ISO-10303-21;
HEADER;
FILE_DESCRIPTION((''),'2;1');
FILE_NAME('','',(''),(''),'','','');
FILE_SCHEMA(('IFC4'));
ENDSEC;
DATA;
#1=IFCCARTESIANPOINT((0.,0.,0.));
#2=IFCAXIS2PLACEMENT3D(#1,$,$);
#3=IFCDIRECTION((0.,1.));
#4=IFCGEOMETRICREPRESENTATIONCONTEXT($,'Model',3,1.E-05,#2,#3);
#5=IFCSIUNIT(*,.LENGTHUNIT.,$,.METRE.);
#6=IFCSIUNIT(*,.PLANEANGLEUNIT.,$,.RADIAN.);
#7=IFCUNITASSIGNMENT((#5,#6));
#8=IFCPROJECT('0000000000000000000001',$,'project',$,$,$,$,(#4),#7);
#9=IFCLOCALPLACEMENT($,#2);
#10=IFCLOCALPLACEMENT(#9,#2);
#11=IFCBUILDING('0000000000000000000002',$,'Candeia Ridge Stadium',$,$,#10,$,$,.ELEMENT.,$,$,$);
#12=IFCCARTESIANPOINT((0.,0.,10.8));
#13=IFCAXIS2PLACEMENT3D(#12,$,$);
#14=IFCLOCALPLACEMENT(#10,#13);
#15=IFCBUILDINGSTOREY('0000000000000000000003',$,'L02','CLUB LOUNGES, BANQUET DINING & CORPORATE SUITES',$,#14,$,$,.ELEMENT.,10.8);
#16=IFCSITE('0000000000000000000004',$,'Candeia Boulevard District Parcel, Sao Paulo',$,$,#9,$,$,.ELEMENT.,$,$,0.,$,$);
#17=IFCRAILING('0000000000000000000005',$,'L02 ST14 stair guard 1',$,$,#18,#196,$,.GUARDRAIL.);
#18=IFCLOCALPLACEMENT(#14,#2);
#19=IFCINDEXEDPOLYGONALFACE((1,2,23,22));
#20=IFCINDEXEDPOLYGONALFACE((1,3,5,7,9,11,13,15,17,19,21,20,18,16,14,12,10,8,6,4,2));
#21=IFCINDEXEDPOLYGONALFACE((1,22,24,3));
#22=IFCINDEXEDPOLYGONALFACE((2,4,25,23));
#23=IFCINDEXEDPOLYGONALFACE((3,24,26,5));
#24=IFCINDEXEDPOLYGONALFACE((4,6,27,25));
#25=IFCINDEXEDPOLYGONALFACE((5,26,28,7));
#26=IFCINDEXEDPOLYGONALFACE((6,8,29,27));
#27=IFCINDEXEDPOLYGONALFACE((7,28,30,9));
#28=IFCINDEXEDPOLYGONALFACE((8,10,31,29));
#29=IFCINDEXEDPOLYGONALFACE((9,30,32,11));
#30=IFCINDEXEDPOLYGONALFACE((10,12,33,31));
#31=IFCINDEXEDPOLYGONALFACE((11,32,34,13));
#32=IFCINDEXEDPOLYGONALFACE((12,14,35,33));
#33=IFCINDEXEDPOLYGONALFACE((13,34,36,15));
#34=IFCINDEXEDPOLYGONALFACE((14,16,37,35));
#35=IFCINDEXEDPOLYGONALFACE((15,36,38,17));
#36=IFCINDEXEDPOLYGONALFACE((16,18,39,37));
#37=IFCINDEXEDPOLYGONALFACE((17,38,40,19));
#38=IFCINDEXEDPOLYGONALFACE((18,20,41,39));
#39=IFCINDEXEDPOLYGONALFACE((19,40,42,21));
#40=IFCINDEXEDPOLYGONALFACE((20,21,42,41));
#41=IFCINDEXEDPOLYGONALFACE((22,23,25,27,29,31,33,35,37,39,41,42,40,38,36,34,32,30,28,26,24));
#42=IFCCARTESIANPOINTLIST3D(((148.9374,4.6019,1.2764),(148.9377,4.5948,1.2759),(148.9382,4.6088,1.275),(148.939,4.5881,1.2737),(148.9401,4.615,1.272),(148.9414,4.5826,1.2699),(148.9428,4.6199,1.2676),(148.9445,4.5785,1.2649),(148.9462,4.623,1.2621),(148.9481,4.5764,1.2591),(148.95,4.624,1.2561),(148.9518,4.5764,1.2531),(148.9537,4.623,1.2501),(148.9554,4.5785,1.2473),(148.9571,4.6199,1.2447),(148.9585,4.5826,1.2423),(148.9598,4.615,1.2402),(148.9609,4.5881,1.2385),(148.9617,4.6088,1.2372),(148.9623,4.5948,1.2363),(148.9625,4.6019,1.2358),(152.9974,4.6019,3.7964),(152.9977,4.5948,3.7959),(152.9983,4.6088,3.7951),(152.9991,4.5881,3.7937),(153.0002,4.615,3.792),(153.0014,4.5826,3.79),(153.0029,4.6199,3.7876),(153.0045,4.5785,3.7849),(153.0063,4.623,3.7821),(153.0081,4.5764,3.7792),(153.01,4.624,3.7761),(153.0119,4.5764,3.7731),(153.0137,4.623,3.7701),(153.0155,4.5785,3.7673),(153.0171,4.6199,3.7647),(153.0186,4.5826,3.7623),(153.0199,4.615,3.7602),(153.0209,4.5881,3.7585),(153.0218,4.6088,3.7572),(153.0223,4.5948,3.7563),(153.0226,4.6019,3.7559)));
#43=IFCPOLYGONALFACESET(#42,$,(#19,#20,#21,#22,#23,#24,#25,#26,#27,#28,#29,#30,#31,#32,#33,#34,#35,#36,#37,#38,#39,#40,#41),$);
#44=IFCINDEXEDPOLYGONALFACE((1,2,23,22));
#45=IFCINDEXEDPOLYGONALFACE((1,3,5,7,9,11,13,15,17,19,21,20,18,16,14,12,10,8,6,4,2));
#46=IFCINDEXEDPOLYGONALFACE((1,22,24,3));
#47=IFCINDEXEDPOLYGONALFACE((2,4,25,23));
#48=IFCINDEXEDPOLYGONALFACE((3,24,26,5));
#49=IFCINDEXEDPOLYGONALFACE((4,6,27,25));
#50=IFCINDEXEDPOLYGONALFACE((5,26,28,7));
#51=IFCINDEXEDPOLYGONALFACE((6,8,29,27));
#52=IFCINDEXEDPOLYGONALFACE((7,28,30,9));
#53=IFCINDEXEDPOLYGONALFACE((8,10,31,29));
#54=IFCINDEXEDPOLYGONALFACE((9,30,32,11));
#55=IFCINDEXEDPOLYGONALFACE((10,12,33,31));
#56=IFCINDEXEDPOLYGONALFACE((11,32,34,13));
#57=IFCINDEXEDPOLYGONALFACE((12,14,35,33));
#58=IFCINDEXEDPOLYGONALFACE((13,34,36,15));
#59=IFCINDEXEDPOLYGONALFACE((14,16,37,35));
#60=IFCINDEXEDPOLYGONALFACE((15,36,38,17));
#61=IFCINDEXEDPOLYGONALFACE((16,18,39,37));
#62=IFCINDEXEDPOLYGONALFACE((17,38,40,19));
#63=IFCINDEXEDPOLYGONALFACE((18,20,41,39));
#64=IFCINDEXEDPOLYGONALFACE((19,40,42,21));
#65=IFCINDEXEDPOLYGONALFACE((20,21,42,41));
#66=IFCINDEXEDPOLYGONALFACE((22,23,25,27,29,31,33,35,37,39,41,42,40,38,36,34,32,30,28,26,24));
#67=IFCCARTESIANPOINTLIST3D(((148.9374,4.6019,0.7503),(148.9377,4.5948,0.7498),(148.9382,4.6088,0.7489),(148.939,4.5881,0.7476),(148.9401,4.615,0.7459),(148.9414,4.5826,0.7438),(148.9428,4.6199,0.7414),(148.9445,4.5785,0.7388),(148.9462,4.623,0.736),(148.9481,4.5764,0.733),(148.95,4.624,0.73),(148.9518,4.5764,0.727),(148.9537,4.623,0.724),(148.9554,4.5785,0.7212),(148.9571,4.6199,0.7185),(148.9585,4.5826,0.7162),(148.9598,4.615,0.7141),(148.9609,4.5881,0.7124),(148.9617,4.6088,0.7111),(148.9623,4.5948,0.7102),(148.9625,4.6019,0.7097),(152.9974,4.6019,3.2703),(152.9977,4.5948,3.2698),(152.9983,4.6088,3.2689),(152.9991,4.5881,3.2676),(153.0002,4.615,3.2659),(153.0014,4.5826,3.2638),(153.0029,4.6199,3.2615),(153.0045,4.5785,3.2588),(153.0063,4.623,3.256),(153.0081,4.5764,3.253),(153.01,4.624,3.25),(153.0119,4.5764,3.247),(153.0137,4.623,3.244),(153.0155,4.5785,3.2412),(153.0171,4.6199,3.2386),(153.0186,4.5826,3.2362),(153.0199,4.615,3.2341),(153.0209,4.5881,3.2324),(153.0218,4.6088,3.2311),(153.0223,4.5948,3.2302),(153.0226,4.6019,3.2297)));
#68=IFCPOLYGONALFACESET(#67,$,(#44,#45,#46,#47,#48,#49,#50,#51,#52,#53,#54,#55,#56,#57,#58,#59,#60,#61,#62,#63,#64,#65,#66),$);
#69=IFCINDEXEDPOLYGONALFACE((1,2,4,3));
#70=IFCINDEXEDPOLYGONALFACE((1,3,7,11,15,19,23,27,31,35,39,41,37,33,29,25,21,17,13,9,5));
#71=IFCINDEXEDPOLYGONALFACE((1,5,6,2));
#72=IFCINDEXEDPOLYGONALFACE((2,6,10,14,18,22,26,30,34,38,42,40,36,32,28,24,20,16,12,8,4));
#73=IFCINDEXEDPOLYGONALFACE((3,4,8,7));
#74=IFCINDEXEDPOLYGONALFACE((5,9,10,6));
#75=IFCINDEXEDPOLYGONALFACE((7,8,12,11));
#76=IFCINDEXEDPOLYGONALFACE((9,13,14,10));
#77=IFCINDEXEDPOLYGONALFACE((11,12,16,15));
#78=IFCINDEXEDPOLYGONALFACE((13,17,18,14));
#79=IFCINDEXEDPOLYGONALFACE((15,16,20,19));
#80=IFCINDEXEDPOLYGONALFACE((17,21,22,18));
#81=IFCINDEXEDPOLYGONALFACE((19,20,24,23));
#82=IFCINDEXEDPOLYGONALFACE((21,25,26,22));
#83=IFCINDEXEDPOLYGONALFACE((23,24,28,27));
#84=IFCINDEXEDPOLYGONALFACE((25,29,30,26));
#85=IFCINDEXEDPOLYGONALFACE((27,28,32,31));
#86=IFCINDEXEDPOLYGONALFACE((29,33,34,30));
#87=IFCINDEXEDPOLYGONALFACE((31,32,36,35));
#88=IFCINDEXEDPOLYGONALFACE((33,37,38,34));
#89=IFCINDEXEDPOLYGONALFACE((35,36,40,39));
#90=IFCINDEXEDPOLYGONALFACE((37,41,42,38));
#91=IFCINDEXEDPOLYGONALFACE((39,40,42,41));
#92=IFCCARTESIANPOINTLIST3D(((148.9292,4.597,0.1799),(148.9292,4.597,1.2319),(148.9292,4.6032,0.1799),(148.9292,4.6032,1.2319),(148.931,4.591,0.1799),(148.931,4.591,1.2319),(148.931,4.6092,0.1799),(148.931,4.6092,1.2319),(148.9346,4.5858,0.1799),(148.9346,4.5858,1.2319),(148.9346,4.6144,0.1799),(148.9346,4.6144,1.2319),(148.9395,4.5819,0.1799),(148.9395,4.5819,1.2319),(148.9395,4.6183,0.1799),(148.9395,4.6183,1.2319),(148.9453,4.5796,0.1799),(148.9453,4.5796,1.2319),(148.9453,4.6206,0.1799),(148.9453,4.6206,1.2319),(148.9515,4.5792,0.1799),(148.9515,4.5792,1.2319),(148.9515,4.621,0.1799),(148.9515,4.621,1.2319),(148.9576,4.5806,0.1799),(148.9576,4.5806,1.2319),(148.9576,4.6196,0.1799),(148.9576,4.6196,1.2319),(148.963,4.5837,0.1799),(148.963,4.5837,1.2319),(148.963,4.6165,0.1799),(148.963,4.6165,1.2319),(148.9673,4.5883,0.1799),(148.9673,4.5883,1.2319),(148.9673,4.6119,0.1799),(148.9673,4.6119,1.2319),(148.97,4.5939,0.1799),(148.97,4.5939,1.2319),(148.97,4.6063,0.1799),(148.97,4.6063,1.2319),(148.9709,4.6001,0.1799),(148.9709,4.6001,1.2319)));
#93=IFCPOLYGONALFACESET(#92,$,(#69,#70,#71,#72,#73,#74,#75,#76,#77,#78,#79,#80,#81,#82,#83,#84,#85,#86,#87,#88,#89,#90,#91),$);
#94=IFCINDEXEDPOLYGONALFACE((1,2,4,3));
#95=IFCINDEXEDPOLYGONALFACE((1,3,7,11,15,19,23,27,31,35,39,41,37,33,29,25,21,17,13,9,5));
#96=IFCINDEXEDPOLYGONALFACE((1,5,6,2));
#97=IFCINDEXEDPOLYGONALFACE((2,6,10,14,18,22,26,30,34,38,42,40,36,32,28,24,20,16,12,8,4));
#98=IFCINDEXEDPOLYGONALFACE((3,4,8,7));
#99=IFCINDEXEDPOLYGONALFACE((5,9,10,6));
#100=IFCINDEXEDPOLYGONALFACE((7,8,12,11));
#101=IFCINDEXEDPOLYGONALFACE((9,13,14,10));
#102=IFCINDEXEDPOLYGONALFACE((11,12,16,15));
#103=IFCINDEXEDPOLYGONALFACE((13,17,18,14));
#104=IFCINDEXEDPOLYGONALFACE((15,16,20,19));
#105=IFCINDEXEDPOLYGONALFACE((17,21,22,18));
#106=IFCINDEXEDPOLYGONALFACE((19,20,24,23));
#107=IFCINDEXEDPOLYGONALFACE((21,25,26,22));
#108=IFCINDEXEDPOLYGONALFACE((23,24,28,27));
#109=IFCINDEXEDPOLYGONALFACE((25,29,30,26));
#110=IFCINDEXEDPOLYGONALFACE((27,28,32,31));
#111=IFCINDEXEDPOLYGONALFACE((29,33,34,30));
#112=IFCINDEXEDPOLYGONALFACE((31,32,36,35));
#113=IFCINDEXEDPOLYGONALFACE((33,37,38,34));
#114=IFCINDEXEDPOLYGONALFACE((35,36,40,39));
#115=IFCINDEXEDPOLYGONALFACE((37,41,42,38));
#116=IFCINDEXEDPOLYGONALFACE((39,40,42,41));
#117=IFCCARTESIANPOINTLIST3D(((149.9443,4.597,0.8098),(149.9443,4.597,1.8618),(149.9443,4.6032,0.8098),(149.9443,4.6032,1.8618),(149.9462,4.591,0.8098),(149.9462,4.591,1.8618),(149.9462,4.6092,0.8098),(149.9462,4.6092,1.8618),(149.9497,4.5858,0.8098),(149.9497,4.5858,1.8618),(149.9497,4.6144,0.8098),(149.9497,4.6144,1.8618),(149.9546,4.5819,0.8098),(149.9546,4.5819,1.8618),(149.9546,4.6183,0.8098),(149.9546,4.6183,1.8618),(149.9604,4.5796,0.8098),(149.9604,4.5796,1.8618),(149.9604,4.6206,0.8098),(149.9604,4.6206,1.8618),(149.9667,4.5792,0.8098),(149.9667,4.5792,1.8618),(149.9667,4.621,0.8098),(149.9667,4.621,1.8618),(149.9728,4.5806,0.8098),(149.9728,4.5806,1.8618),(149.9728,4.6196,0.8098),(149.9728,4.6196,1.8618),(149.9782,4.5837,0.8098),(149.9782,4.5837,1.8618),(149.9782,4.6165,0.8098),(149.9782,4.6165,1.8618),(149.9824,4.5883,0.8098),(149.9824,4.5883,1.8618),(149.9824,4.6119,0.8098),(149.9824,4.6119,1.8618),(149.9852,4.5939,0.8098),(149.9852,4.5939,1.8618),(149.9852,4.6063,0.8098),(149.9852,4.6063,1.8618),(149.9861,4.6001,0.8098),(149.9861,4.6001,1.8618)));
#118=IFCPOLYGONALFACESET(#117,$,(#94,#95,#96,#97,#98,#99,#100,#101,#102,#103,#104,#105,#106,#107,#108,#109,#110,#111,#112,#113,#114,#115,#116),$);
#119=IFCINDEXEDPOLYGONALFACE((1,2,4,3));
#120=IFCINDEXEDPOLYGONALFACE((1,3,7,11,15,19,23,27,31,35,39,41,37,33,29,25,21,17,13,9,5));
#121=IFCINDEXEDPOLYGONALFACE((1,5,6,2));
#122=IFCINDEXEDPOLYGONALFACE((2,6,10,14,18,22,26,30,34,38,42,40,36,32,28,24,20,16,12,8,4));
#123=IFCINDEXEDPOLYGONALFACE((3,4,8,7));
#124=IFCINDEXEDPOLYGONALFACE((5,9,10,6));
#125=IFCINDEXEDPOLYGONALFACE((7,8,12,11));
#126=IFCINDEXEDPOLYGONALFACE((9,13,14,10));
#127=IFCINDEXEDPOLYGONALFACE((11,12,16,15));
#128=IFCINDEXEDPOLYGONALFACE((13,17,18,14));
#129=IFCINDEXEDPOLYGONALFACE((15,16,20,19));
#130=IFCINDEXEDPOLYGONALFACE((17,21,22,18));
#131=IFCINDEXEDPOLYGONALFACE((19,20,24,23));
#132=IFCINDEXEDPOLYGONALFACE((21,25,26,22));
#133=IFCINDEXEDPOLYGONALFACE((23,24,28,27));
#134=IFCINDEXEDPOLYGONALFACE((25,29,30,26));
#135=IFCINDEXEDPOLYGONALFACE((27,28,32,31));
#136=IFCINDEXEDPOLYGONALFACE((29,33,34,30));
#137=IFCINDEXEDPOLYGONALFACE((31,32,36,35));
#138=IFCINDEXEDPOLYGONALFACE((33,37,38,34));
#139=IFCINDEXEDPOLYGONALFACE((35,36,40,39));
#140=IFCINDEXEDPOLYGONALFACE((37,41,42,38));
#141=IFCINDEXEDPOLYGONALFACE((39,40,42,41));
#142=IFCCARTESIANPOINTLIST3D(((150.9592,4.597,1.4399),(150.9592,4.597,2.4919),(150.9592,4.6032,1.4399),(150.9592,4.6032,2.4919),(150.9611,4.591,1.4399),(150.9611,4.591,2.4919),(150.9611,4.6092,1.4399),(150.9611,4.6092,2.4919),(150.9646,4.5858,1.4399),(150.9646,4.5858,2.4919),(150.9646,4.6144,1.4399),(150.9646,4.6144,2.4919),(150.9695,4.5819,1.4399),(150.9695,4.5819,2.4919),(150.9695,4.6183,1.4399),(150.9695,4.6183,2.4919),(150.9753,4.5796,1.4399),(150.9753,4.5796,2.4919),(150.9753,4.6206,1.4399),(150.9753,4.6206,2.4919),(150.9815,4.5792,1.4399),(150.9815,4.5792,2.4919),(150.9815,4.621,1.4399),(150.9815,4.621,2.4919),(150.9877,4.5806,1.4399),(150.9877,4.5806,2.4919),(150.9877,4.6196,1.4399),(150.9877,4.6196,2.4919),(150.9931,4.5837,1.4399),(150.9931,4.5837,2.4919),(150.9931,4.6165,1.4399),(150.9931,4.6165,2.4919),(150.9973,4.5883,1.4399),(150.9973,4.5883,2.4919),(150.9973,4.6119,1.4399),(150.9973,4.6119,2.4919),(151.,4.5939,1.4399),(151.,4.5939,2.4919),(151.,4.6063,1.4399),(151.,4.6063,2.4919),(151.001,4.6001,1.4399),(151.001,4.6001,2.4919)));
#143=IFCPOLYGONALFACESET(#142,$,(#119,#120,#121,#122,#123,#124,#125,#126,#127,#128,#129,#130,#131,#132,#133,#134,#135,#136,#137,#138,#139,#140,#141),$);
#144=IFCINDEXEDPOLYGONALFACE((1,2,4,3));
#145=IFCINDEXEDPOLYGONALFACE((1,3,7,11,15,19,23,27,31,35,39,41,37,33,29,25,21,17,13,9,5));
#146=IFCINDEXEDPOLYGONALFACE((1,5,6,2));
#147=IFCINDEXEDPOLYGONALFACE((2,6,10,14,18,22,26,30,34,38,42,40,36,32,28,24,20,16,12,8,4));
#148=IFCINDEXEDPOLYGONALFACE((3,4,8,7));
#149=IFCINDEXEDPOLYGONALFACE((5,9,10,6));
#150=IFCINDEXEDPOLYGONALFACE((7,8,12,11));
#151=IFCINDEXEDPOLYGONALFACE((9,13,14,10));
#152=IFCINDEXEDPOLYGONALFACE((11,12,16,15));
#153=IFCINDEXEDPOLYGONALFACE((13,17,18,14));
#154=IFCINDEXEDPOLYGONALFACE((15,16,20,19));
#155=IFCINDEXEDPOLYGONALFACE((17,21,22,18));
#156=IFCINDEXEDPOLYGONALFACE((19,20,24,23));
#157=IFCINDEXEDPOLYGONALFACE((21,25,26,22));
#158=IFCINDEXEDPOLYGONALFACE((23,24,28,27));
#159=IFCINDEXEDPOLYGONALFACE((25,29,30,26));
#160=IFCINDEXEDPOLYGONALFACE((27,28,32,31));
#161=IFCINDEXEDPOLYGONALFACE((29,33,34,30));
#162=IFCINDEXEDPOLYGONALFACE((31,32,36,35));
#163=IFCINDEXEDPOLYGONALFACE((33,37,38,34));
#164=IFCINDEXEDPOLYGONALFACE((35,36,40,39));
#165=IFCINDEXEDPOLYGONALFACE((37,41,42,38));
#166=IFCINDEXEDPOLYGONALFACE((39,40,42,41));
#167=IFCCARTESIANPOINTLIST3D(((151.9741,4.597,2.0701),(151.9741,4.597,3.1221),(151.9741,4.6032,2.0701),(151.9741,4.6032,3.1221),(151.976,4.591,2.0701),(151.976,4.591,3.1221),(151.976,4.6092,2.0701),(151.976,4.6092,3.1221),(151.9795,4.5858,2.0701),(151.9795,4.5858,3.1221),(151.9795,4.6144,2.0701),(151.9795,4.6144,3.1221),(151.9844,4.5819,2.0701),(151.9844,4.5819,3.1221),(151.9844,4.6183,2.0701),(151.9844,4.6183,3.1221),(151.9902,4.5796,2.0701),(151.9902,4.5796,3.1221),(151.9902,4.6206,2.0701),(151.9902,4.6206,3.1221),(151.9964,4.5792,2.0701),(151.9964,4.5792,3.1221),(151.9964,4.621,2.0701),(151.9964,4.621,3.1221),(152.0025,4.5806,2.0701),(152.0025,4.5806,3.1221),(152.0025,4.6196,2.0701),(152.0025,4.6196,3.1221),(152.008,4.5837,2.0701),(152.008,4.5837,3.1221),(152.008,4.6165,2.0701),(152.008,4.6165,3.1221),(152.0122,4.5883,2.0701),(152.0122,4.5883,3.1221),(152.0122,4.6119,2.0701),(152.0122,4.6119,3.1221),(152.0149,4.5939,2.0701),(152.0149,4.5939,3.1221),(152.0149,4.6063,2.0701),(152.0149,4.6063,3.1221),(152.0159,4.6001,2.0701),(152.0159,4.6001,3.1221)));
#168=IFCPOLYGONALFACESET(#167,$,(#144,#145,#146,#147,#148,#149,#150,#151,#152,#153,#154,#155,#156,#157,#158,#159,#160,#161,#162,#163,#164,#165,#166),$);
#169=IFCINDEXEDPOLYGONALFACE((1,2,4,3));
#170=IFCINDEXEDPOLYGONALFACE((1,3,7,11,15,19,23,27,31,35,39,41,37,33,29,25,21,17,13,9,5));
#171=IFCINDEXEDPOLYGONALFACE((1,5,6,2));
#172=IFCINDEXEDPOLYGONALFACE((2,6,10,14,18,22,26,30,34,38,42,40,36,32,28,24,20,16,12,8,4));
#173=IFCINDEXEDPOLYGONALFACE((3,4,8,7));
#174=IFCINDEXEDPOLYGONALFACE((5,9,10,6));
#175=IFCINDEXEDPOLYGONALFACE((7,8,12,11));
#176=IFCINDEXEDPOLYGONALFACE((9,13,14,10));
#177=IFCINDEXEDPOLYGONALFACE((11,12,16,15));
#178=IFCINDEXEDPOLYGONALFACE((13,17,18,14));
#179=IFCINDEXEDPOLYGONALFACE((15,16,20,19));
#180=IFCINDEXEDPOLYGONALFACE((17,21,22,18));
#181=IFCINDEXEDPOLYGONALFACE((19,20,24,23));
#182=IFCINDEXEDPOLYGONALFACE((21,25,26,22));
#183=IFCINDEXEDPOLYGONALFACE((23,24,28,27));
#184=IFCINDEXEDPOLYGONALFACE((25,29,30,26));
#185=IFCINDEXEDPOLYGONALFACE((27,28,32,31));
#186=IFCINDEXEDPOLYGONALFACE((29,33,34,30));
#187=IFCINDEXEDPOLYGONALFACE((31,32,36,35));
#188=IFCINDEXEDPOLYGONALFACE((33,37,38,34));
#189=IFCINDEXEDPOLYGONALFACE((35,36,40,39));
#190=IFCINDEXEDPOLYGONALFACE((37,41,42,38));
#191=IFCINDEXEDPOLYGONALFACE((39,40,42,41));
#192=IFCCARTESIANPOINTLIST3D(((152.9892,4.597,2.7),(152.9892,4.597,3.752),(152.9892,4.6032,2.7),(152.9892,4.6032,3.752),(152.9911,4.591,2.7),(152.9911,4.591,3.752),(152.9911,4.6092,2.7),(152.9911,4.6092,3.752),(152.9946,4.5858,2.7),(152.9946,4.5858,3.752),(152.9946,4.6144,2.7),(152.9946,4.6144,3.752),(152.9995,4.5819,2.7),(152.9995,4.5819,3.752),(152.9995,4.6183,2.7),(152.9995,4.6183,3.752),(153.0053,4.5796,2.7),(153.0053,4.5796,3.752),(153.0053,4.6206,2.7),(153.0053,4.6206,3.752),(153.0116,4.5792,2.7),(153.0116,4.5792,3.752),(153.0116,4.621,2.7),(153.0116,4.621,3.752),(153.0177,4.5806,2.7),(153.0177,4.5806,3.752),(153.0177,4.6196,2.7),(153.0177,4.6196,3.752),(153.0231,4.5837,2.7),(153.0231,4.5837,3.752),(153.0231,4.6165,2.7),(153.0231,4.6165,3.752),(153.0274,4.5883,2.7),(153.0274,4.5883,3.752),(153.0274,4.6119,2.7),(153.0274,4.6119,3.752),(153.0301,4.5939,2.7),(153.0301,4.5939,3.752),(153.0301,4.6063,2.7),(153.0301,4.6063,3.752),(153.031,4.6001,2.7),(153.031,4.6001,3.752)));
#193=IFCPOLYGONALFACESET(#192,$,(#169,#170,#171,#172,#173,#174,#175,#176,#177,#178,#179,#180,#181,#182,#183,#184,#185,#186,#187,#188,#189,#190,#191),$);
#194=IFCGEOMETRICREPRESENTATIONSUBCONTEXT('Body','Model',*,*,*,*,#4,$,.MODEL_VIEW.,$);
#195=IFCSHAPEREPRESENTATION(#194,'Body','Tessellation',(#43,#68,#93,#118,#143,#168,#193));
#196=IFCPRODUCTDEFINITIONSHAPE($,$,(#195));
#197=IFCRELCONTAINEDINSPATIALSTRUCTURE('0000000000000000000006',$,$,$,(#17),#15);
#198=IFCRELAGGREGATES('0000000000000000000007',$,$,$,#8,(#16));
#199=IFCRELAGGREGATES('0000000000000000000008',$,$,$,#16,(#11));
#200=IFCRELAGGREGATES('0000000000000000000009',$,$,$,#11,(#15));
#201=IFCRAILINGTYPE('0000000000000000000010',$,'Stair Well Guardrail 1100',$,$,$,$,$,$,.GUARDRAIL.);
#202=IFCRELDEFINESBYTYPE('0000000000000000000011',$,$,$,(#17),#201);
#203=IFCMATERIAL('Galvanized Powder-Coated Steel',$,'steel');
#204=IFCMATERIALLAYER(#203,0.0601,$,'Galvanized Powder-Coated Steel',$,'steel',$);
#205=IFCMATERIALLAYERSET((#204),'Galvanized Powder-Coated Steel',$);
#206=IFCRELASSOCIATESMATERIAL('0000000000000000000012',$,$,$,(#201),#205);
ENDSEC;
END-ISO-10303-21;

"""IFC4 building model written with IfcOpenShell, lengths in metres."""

from ifc_helpers import new_model, si_unit, direction, frame, origin, origin_2d, place, context, subcontext, project, spatial, circle, extrude, material, layer, layer_set, type_object, element, save


model = new_model("IFC4")

# Units and contexts
model_context = context("Model", 3, precision=1e-05, world=origin(), true_north=direction((0.0, 1.0)))
body_context = subcontext(model_context, "Body", "Model", "MODEL_VIEW")
ifc_project = project(units=[si_unit("LENGTHUNIT", "METRE"), si_unit("PLANEANGLEUNIT", "RADIAN")], contexts=[model_context])

# Site, building, storey
site_placement = place(None, origin())
site = spatial("IfcSite", under=ifc_project, at=site_placement, Name="Candeia Boulevard District Parcel, Sao Paulo", CompositionType="ELEMENT", RefElevation=0.0)
building_placement = place(site_placement, origin())
building = spatial("IfcBuilding", under=site, at=building_placement, Name="Candeia Ridge Stadium", CompositionType="ELEMENT")
storey_placement = place(building_placement, frame((0.0, 0.0, 10.8)))
storey = spatial("IfcBuildingStorey", under=building, at=storey_placement, Name="L02", Description="CLUB LOUNGES, BANQUET DINING & CORPORATE SUITES", CompositionType="ELEMENT", Elevation=10.8)

# Railing
ifc_material_1 = material(Name="Galvanized Powder-Coated Steel", Category="steel")
ifc_layer_1 = layer(ifc_material_1, 0.0601, Name="Galvanized Powder-Coated Steel", Category="steel")
ifc_layer_set_1 = layer_set([ifc_layer_1], Name="Galvanized Powder-Coated Steel")
railing_type_1 = type_object("IfcRailingType", Name="Stair Well Guardrail 1100", PredefinedType="GUARDRAIL", material=ifc_layer_set_1)
railing_1_placement = place(storey_placement, frame((148.95, 4.6001, 0.1799)))
element("IfcRailing", 1, at=railing_1_placement, inside=storey, type_object=railing_type_1, Name="L02 ST14 stair guard 1", PredefinedType="GUARDRAIL", context=body_context, shape_type="SweptSolid", body=[
    extrude(circle(Radius=0.0239, at=origin_2d()), frame((0.0, 0.0, 1.0762), z_axis=(0.849642, 0.0, 0.52736), x_axis=(0.0, 1.0, 0.0)), (0.0, 0.0, 1.0), 4.7786),
    extrude(circle(Radius=0.0239, at=origin_2d()), frame((0.0, 0.0, 0.55), z_axis=(0.849642, 0.0, 0.52736), x_axis=(0.0, 1.0, 0.0)), (0.0, 0.0, 1.0), 4.7786),
    extrude(circle(Radius=0.021, at=origin_2d()), origin(), (0.0, 0.0, 1.0), 1.052),
    extrude(circle(Radius=0.021, at=origin_2d()), frame((1.0151, 0.0, 0.6299)), (0.0, 0.0, 1.0), 1.052),
    extrude(circle(Radius=0.021, at=origin_2d()), frame((2.03, 0.0, 1.26)), (0.0, 0.0, 1.0), 1.052),
    extrude(circle(Radius=0.021, at=origin_2d()), frame((3.0449, 0.0, 1.8901)), (0.0, 0.0, 1.0), 1.052),
    extrude(circle(Radius=0.021, at=origin_2d()), frame((4.0601, 0.0, 2.52)), (0.0, 0.0, 1.0), 1.052),
])

save(model, "model.ifc")
